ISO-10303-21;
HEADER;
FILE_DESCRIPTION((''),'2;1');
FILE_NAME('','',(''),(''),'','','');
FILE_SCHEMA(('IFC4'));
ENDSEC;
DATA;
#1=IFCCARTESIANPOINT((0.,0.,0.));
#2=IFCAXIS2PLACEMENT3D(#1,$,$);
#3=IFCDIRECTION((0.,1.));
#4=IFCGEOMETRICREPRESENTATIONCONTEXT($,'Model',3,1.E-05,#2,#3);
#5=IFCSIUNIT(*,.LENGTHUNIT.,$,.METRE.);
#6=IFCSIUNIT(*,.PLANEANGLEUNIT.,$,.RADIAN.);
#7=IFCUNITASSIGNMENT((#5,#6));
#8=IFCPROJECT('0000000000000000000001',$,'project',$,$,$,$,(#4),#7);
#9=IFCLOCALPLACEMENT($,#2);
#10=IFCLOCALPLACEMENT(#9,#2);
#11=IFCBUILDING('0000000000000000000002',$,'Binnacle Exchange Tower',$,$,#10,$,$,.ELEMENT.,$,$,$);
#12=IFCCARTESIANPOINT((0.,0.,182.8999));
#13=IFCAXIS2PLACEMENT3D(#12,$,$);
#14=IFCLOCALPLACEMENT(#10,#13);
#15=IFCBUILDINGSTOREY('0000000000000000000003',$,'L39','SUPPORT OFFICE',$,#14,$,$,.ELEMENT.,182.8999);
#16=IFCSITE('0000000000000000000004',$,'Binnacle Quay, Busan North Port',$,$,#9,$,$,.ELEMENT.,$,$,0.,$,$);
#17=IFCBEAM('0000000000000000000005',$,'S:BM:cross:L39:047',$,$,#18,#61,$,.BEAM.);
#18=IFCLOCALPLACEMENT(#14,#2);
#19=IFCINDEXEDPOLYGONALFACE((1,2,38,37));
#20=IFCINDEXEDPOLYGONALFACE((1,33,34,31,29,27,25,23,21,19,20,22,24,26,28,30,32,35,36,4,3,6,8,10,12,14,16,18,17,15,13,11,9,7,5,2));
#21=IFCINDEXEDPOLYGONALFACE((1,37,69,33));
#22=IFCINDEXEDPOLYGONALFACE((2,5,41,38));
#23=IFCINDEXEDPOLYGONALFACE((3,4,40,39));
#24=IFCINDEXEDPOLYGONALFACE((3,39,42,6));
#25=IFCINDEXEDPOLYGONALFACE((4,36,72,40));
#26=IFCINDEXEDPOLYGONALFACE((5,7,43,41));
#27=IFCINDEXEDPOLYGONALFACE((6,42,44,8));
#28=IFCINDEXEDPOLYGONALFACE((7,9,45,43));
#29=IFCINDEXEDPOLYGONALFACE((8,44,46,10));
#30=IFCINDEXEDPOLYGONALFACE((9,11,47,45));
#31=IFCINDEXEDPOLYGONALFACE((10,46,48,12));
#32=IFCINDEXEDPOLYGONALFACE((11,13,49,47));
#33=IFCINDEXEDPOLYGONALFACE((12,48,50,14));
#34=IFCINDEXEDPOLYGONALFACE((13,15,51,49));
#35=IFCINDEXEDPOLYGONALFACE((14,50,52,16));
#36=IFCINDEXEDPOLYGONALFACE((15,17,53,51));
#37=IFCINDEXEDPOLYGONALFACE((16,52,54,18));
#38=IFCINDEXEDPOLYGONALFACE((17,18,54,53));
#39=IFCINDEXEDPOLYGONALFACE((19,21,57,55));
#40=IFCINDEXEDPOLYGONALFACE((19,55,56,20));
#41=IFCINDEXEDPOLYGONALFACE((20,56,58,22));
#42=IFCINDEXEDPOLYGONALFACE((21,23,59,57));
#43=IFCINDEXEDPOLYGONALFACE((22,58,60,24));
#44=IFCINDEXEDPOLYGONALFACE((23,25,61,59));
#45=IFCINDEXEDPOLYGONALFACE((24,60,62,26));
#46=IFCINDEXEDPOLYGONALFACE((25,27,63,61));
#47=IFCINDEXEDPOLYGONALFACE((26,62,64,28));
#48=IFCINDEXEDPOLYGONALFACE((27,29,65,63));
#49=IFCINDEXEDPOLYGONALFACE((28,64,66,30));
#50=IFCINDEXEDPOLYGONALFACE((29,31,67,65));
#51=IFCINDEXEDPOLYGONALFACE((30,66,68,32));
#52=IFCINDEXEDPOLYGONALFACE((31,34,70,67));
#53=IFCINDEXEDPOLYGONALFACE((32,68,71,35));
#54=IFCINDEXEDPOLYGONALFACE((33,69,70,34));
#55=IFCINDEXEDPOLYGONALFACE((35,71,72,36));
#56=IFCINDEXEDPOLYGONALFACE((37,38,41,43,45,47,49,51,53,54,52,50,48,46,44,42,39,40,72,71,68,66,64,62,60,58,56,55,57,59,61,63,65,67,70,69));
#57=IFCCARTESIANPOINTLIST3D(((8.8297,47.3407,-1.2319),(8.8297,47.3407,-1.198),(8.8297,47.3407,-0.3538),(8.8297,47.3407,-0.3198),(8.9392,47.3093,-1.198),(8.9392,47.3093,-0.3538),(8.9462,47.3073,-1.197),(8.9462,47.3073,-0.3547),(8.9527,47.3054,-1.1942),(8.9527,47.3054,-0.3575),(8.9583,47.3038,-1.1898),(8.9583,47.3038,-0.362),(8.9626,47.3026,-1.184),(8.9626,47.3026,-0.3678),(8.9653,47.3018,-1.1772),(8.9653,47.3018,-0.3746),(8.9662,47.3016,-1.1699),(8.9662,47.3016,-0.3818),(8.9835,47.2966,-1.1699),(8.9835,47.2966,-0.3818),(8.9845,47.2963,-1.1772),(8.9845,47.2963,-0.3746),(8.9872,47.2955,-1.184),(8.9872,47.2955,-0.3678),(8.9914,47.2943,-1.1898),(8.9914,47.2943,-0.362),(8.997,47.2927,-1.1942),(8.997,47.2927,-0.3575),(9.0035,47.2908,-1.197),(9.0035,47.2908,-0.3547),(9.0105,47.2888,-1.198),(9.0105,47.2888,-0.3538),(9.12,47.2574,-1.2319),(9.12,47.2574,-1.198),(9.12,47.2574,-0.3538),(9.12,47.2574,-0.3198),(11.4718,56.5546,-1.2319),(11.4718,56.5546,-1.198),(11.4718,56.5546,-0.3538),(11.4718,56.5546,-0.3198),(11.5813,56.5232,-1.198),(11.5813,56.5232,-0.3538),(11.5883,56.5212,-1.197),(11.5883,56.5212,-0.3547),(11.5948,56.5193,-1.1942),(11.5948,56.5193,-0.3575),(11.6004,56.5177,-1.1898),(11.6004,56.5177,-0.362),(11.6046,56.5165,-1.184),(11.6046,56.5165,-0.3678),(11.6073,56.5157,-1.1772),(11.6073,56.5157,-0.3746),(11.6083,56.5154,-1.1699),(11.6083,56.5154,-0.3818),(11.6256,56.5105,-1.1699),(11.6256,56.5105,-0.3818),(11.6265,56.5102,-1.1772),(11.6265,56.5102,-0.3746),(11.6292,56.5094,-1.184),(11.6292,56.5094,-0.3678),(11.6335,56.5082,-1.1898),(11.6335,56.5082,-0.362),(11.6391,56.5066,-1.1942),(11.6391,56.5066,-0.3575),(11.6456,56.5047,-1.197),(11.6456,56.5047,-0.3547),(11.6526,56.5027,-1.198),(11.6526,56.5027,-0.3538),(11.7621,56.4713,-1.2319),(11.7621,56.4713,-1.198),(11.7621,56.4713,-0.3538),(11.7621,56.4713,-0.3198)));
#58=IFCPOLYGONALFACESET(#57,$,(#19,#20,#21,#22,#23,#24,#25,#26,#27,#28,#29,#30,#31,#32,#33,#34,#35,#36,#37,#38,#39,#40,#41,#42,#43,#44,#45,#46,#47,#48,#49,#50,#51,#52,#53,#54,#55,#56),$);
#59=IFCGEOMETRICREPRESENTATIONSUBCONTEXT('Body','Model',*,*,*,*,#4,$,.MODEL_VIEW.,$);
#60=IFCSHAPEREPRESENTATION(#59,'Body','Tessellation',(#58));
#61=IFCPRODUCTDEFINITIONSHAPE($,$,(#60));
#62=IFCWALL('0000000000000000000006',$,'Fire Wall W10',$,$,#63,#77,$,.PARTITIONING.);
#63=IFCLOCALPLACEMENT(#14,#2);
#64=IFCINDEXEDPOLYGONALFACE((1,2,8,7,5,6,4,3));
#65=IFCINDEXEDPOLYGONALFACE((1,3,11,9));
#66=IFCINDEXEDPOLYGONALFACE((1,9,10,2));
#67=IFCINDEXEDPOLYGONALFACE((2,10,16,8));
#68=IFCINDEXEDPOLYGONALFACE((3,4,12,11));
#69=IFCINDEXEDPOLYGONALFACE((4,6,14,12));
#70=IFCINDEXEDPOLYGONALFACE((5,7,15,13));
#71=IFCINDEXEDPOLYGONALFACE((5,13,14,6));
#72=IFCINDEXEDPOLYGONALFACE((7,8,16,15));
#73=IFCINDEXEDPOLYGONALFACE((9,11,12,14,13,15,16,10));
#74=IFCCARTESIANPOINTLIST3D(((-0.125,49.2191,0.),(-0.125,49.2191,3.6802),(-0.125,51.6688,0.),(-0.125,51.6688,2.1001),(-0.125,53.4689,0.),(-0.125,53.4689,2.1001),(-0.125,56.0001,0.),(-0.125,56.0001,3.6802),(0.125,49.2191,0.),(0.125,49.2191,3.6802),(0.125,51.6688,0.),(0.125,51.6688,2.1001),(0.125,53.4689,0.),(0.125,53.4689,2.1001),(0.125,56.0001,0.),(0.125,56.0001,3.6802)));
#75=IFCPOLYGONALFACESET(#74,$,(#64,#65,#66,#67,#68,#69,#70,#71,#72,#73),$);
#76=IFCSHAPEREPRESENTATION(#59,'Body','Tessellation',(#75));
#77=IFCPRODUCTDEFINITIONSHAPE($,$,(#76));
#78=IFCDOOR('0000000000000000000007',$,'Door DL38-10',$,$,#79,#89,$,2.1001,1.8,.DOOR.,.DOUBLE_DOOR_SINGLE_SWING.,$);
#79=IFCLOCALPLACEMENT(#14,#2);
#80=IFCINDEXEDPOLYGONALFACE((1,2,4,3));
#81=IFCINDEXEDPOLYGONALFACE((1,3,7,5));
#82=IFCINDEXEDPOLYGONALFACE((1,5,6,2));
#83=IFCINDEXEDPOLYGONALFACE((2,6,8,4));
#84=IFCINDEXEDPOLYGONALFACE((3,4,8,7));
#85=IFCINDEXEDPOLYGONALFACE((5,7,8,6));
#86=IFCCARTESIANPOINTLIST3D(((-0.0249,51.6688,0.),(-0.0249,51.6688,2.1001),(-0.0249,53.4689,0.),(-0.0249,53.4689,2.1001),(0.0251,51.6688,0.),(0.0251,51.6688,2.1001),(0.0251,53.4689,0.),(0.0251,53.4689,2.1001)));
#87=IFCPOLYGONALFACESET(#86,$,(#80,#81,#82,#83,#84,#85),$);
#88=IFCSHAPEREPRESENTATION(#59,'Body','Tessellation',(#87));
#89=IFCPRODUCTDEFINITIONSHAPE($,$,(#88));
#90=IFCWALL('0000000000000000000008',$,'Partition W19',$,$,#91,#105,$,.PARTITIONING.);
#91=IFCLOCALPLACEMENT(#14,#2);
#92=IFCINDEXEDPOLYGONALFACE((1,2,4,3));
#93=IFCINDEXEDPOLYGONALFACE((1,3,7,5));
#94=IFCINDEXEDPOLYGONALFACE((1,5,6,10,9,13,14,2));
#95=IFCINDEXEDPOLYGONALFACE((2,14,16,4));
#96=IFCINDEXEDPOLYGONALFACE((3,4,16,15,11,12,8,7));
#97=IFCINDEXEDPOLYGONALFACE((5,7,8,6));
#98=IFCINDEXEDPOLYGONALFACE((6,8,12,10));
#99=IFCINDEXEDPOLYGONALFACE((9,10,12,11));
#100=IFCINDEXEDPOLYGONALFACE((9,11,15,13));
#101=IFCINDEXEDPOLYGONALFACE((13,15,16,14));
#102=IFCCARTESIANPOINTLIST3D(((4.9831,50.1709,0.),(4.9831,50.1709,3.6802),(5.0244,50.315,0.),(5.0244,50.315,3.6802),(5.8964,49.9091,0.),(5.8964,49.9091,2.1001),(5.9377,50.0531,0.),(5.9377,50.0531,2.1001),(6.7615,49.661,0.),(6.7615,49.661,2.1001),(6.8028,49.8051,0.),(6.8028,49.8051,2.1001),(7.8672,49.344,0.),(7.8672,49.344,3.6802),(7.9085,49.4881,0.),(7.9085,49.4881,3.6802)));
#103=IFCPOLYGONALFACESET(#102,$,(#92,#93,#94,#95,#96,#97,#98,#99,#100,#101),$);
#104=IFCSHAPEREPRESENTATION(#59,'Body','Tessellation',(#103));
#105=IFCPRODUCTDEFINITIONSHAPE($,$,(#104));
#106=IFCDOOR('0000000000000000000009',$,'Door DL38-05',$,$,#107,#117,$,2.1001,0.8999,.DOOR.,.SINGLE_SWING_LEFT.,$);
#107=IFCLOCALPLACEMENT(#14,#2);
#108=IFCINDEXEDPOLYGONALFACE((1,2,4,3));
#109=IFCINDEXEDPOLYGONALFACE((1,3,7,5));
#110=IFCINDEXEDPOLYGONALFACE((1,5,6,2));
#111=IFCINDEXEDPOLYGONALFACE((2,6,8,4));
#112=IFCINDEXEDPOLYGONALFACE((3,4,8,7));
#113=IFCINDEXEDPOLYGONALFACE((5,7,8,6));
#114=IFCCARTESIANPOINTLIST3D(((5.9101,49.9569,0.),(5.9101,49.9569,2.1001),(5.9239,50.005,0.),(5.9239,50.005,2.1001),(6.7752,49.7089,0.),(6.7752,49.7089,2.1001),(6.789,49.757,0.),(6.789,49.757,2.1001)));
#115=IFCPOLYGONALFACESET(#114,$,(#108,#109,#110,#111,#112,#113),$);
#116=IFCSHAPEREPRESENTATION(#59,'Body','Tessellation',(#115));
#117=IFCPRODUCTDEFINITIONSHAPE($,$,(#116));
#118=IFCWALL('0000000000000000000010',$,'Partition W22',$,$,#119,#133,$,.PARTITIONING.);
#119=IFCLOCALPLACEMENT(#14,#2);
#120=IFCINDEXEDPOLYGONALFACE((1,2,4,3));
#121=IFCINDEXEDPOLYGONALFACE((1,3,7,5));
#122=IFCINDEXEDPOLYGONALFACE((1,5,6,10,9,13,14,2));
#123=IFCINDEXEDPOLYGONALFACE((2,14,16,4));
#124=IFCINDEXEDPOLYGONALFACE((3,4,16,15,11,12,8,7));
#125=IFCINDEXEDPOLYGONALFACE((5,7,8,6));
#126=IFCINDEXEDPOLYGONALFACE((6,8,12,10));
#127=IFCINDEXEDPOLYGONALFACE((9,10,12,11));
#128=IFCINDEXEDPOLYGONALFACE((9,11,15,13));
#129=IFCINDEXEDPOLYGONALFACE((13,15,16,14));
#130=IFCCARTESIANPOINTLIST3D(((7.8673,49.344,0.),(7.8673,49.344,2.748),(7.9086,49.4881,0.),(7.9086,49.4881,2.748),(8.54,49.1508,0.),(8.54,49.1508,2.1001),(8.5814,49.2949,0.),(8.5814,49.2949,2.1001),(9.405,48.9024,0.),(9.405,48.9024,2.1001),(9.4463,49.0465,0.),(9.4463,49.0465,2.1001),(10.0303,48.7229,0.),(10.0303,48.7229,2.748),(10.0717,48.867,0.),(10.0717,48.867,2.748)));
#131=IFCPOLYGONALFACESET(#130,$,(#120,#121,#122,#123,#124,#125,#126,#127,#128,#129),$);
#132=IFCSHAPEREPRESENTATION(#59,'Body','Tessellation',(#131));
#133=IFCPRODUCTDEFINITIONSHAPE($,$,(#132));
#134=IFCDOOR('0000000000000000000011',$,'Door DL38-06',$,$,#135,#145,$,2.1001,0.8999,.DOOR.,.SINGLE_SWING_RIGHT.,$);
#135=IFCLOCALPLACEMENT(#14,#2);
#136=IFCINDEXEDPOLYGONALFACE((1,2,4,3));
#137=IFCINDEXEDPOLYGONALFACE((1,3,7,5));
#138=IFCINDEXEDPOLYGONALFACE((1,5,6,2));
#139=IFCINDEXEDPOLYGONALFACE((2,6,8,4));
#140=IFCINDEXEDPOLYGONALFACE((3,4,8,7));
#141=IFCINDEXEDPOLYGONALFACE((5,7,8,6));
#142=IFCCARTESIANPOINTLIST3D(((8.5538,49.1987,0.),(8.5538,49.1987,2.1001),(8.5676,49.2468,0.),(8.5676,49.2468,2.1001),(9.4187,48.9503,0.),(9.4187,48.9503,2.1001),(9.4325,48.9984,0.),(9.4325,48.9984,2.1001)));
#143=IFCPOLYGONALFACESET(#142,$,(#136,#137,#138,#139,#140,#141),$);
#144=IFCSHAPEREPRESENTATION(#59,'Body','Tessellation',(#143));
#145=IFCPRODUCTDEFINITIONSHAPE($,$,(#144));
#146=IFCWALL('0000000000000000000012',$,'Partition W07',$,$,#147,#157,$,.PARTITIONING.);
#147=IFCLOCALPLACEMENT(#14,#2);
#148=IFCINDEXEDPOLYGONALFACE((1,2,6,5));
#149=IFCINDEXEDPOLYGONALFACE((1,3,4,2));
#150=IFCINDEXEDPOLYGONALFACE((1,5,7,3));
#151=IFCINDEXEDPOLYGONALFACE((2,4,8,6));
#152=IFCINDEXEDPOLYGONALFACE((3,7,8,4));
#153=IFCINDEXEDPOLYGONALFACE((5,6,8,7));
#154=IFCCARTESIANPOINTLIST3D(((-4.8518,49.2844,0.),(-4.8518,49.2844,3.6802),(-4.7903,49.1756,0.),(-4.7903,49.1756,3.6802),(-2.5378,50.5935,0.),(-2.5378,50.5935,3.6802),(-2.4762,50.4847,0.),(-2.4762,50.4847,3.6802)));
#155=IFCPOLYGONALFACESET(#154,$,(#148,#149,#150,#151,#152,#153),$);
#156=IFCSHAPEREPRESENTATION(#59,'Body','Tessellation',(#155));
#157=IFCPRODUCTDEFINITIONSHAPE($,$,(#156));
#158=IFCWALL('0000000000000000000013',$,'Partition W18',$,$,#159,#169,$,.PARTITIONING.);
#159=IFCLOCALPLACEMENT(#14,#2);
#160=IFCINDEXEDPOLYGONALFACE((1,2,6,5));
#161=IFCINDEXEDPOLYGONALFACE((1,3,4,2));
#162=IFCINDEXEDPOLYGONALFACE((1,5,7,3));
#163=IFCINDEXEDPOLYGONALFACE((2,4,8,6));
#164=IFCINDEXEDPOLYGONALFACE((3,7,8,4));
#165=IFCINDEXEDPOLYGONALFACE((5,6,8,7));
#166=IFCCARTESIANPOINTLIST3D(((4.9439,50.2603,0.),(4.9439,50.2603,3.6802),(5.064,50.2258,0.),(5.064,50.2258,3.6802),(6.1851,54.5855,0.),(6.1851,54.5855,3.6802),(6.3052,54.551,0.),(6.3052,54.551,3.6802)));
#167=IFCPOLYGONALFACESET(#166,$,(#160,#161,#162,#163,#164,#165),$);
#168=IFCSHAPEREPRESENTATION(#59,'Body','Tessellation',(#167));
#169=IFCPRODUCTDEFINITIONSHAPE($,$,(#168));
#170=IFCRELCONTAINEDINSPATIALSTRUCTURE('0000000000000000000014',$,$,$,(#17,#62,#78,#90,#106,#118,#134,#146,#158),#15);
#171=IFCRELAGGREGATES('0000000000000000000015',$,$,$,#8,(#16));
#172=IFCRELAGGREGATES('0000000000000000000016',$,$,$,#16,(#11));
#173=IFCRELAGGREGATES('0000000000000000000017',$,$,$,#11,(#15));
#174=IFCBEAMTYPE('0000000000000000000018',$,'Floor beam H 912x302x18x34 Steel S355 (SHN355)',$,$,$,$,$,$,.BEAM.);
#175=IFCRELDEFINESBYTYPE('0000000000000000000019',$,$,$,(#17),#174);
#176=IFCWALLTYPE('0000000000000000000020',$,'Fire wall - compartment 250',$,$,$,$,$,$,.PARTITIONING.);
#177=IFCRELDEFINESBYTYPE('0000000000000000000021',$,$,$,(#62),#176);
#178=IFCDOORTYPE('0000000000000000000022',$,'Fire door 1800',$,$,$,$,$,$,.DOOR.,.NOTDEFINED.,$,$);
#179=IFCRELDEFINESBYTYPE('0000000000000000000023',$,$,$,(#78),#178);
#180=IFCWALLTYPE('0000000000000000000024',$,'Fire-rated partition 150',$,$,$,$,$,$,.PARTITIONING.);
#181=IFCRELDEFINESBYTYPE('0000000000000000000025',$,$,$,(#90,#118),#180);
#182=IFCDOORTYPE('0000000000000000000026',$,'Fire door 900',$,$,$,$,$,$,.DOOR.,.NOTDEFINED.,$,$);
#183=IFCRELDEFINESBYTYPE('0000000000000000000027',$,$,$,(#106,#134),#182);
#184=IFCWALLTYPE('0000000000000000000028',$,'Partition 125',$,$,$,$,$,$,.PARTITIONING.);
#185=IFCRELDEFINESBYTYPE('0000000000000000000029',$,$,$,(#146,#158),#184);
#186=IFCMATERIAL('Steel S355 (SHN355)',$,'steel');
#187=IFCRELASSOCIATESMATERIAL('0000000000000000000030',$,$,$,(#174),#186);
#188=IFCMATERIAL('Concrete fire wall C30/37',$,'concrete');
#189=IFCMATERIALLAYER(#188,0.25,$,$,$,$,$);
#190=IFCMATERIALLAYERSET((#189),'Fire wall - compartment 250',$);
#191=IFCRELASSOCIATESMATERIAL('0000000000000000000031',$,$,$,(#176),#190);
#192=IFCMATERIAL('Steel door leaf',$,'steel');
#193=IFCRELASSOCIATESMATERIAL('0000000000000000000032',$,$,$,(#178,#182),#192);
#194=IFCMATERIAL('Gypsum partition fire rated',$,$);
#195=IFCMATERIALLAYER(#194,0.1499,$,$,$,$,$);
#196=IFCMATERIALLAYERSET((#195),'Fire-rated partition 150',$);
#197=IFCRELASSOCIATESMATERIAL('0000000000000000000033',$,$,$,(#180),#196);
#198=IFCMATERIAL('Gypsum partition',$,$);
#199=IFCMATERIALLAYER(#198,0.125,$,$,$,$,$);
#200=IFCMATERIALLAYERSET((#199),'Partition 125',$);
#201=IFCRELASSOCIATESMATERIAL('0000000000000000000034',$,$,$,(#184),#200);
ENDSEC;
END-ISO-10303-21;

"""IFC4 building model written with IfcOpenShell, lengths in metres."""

from ifc_helpers import new_model, si_unit, direction, frame, frame_2d, origin, origin_2d, place, context, subcontext, project, spatial, rectangle, i_section, extrude, material, layer, layer_set, material_profile, profile_set, type_object, element, fill, save


model = new_model("IFC4")

# Units and contexts
model_context = context("Model", 3, precision=1e-05, world=origin(), true_north=direction((0.0, 1.0)))
body_context = subcontext(model_context, "Body", "Model", "MODEL_VIEW")
ifc_project = project(units=[si_unit("LENGTHUNIT", "METRE"), si_unit("PLANEANGLEUNIT", "RADIAN")], contexts=[model_context])

# Site, building, storey
site_placement = place(None, origin())
site = spatial("IfcSite", under=ifc_project, at=site_placement, Name="Binnacle Quay, Busan North Port", CompositionType="ELEMENT", RefElevation=0.0)
building_placement = place(site_placement, origin())
building = spatial("IfcBuilding", under=site, at=building_placement, Name="Binnacle Exchange Tower", CompositionType="ELEMENT")
storey_placement = place(building_placement, frame((0.0, 0.0, 182.8999)))
storey = spatial("IfcBuildingStorey", under=building, at=storey_placement, Name="L39", Description="SUPPORT OFFICE", CompositionType="ELEMENT", Elevation=182.8999)

# Beam
ifc_material_1 = material(Name="Steel S355 (SHN355)", Category="steel")
ifc_material_profile_1 = material_profile(ifc_material_1, i_section(OverallWidth=0.302, OverallDepth=0.9121, WebThickness=0.0181, FlangeThickness=0.0339, FilletRadius=0.0281, at=origin_2d()), Name="H 912x302x18x34")
ifc_profile_set_1 = profile_set([ifc_material_profile_1], Name="Steel S355 (SHN355)")
beam_type_1 = type_object("IfcBeamType", Name="Floor beam H 912x302x18x34 Steel S355 (SHN355)", PredefinedType="BEAM", material=ifc_profile_set_1)
beam_1_placement = place(storey_placement, frame((8.9749, 47.2991, -0.7759), z_axis=(0.275643, 0.96126, 0.0), x_axis=(-0.96126, 0.275643, 0.0)))
element("IfcBeam", 1, at=beam_1_placement, inside=storey, type_object=beam_type_1, Name="S:BM:cross:L39:047", PredefinedType="BEAM", context=body_context, shape_type="SweptSolid", body=[
    extrude(i_section(OverallWidth=0.302, OverallDepth=0.9121, WebThickness=0.0181, FlangeThickness=0.0339, FilletRadius=0.0281, at=origin_2d()), origin(), (0.0, 0.0, 1.0), 9.5852),
])

# Walls, openings, doors
ifc_material_2 = material(Name="Concrete fire wall C30/37", Category="concrete")
ifc_layer_1 = layer(ifc_material_2, 0.25)
ifc_layer_set_1 = layer_set([ifc_layer_1], Name="Fire wall - compartment 250")
wall_type_1 = type_object("IfcWallType", Name="Fire wall - compartment 250", PredefinedType="PARTITIONING", material=ifc_layer_set_1)
wall_1_placement = place(storey_placement, frame((0.0, 49.219, 0.0), z_axis=(0.0, 0.0, 1.0), x_axis=(0.0, 1.0, 0.0)))
wall_1 = element("IfcWall", 2, at=wall_1_placement, inside=storey, type_object=wall_type_1, Name="Fire Wall W10", PredefinedType="PARTITIONING", context=body_context, shape_type="SweptSolid", body=[
    extrude(rectangle(XDim=6.781, YDim=0.25, at=frame_2d((3.3906, 0.0))), origin(), (0.0, 0.0, 1.0), 3.6802),
])
opening_1_placement = place(wall_1_placement, frame((2.45, 0.0, 0.0)))
opening_1 = element("IfcOpeningElement", 3, at=opening_1_placement, cuts=wall_1, PredefinedType="OPENING", context=body_context, shape_type="SweptSolid", body=[
    extrude(rectangle(XDim=1.8, YDim=2.1001, at=frame_2d((0.8999, 1.05))), frame((0.0, 0.135, 0.0), z_axis=(0.0, -1.0, 0.0), x_axis=(1.0, 0.0, 0.0)), (0.0, 0.0, 1.0), 0.27),
])
ifc_material_3 = material(Name="Steel door leaf", Category="steel")
door_type_1 = type_object("IfcDoorType", Name="Fire door 1800", OperationType="NOTDEFINED", PredefinedType="DOOR", material=ifc_material_3)
door_1_placement = place(opening_1_placement, origin())
door_1 = element("IfcDoor", 4, at=door_1_placement, inside=storey, type_object=door_type_1, Name="Door DL38-10", OperationType="DOUBLE_DOOR_SINGLE_SWING", OverallHeight=2.1001, OverallWidth=1.8, PredefinedType="DOOR", context=body_context, shape_type="SweptSolid", body=[
    extrude(rectangle(XDim=1.8, YDim=2.1001, at=frame_2d((0.8999, 1.05))), frame((0.0, 0.0249, 0.0), z_axis=(0.0, -1.0, 0.0), x_axis=(1.0, 0.0, 0.0)), (0.0, 0.0, 1.0), 0.05),
])
fill(opening_1, door_1)
ifc_material_4 = material(Name="Gypsum partition fire rated")
ifc_layer_2 = layer(ifc_material_4, 0.1499)
ifc_layer_set_2 = layer_set([ifc_layer_2], Name="Fire-rated partition 150")
wall_type_2 = type_object("IfcWallType", Name="Fire-rated partition 150", PredefinedType="PARTITIONING", material=ifc_layer_set_2)
wall_2_placement = place(storey_placement, frame((5.0039, 50.2429, 0.0), z_axis=(0.0, 0.0, 1.0), x_axis=(0.961269, -0.275613, 0.0)))
wall_2 = element("IfcWall", 5, at=wall_2_placement, inside=storey, type_object=wall_type_2, Name="Partition W19", PredefinedType="PARTITIONING", context=body_context, shape_type="SweptSolid", body=[
    extrude(rectangle(XDim=3.0002, YDim=0.1499, at=frame_2d((1.5, 0.0))), origin(), (0.0, 0.0, 1.0), 3.6802),
])
opening_2_placement = place(wall_2_placement, frame((0.95, 0.0, 0.0)))
opening_2 = element("IfcOpeningElement", 6, at=opening_2_placement, cuts=wall_2, PredefinedType="OPENING", context=body_context, shape_type="SweptSolid", body=[
    extrude(rectangle(XDim=0.8999, YDim=2.1001, at=frame_2d((0.45, 1.05))), frame((0.0, 0.085, 0.0), z_axis=(0.0, -1.0, 0.0), x_axis=(1.0, 0.0, 0.0)), (0.0, 0.0, 1.0), 0.1699),
])
door_type_2 = type_object("IfcDoorType", Name="Fire door 900", OperationType="NOTDEFINED", PredefinedType="DOOR", material=ifc_material_3)
door_2_placement = place(opening_2_placement, origin())
door_2 = element("IfcDoor", 7, at=door_2_placement, inside=storey, type_object=door_type_2, Name="Door DL38-05", OperationType="SINGLE_SWING_LEFT", OverallHeight=2.1001, OverallWidth=0.8999, PredefinedType="DOOR", context=body_context, shape_type="SweptSolid", body=[
    extrude(rectangle(XDim=0.8999, YDim=2.1001, at=frame_2d((0.45, 1.05))), frame((0.0, 0.0249, 0.0), z_axis=(0.0, -1.0, 0.0), x_axis=(1.0, 0.0, 0.0)), (0.0, 0.0, 1.0), 0.05),
])
fill(opening_2, door_2)
wall_3_placement = place(storey_placement, frame((7.8879, 49.416, 0.0), z_axis=(0.0, 0.0, 1.0), x_axis=(0.961163, -0.275982, 0.0)))
wall_3 = element("IfcWall", 8, at=wall_3_placement, inside=storey, type_object=wall_type_2, Name="Partition W22", PredefinedType="PARTITIONING", context=body_context, shape_type="SweptSolid", body=[
    extrude(rectangle(XDim=2.2505, YDim=0.1499, at=frame_2d((1.1252, 0.0))), origin(), (0.0, 0.0, 1.0), 2.748),
])
opening_3_placement = place(wall_3_placement, frame((0.7, 0.0, 0.0)))
opening_3 = element("IfcOpeningElement", 9, at=opening_3_placement, cuts=wall_3, PredefinedType="OPENING", context=body_context, shape_type="SweptSolid", body=[
    extrude(rectangle(XDim=0.8999, YDim=2.1001, at=frame_2d((0.45, 1.05))), frame((0.0, 0.085, 0.0), z_axis=(0.0, -1.0, 0.0), x_axis=(1.0, 0.0, 0.0)), (0.0, 0.0, 1.0), 0.1699),
])
door_3_placement = place(opening_3_placement, origin())
door_3 = element("IfcDoor", 10, at=door_3_placement, inside=storey, type_object=door_type_2, Name="Door DL38-06", OperationType="SINGLE_SWING_RIGHT", OverallHeight=2.1001, OverallWidth=0.8999, PredefinedType="DOOR", context=body_context, shape_type="SweptSolid", body=[
    extrude(rectangle(XDim=0.8999, YDim=2.1001, at=frame_2d((0.45, 1.05))), frame((0.0, 0.0249, 0.0), z_axis=(0.0, -1.0, 0.0), x_axis=(1.0, 0.0, 0.0)), (0.0, 0.0, 1.0), 0.05),
])
fill(opening_3, door_3)

# Walls
ifc_material_5 = material(Name="Gypsum partition")
ifc_layer_3 = layer(ifc_material_5, 0.125)
ifc_layer_set_3 = layer_set([ifc_layer_3], Name="Partition 125")
wall_type_3 = type_object("IfcWallType", Name="Partition 125", PredefinedType="PARTITIONING", material=ifc_layer_set_3)
wall_4_placement = place(storey_placement, frame((-4.821, 49.23, 0.0), z_axis=(0.0, 0.0, 1.0), x_axis=(0.870371, 0.492396, 0.0)))
element("IfcWall", 11, at=wall_4_placement, inside=storey, type_object=wall_type_3, Name="Partition W07", PredefinedType="PARTITIONING", context=body_context, shape_type="SweptSolid", body=[
    extrude(rectangle(XDim=2.6587, YDim=0.125, at=frame_2d((1.3293, 0.0))), origin(), (0.0, 0.0, 1.0), 3.6802),
])
wall_5_placement = place(storey_placement, frame((5.0039, 50.2429, 0.0), z_axis=(0.0, 0.0, 1.0), x_axis=(0.275839, 0.961204, 0.0)))
element("IfcWall", 12, at=wall_5_placement, inside=storey, type_object=wall_type_3, Name="Partition W18", PredefinedType="PARTITIONING", context=body_context, shape_type="SweptSolid", body=[
    extrude(rectangle(XDim=4.4998, YDim=0.125, at=frame_2d((2.25, 0.0))), origin(), (0.0, 0.0, 1.0), 3.6802),
])

save(model, "model.ifc")
